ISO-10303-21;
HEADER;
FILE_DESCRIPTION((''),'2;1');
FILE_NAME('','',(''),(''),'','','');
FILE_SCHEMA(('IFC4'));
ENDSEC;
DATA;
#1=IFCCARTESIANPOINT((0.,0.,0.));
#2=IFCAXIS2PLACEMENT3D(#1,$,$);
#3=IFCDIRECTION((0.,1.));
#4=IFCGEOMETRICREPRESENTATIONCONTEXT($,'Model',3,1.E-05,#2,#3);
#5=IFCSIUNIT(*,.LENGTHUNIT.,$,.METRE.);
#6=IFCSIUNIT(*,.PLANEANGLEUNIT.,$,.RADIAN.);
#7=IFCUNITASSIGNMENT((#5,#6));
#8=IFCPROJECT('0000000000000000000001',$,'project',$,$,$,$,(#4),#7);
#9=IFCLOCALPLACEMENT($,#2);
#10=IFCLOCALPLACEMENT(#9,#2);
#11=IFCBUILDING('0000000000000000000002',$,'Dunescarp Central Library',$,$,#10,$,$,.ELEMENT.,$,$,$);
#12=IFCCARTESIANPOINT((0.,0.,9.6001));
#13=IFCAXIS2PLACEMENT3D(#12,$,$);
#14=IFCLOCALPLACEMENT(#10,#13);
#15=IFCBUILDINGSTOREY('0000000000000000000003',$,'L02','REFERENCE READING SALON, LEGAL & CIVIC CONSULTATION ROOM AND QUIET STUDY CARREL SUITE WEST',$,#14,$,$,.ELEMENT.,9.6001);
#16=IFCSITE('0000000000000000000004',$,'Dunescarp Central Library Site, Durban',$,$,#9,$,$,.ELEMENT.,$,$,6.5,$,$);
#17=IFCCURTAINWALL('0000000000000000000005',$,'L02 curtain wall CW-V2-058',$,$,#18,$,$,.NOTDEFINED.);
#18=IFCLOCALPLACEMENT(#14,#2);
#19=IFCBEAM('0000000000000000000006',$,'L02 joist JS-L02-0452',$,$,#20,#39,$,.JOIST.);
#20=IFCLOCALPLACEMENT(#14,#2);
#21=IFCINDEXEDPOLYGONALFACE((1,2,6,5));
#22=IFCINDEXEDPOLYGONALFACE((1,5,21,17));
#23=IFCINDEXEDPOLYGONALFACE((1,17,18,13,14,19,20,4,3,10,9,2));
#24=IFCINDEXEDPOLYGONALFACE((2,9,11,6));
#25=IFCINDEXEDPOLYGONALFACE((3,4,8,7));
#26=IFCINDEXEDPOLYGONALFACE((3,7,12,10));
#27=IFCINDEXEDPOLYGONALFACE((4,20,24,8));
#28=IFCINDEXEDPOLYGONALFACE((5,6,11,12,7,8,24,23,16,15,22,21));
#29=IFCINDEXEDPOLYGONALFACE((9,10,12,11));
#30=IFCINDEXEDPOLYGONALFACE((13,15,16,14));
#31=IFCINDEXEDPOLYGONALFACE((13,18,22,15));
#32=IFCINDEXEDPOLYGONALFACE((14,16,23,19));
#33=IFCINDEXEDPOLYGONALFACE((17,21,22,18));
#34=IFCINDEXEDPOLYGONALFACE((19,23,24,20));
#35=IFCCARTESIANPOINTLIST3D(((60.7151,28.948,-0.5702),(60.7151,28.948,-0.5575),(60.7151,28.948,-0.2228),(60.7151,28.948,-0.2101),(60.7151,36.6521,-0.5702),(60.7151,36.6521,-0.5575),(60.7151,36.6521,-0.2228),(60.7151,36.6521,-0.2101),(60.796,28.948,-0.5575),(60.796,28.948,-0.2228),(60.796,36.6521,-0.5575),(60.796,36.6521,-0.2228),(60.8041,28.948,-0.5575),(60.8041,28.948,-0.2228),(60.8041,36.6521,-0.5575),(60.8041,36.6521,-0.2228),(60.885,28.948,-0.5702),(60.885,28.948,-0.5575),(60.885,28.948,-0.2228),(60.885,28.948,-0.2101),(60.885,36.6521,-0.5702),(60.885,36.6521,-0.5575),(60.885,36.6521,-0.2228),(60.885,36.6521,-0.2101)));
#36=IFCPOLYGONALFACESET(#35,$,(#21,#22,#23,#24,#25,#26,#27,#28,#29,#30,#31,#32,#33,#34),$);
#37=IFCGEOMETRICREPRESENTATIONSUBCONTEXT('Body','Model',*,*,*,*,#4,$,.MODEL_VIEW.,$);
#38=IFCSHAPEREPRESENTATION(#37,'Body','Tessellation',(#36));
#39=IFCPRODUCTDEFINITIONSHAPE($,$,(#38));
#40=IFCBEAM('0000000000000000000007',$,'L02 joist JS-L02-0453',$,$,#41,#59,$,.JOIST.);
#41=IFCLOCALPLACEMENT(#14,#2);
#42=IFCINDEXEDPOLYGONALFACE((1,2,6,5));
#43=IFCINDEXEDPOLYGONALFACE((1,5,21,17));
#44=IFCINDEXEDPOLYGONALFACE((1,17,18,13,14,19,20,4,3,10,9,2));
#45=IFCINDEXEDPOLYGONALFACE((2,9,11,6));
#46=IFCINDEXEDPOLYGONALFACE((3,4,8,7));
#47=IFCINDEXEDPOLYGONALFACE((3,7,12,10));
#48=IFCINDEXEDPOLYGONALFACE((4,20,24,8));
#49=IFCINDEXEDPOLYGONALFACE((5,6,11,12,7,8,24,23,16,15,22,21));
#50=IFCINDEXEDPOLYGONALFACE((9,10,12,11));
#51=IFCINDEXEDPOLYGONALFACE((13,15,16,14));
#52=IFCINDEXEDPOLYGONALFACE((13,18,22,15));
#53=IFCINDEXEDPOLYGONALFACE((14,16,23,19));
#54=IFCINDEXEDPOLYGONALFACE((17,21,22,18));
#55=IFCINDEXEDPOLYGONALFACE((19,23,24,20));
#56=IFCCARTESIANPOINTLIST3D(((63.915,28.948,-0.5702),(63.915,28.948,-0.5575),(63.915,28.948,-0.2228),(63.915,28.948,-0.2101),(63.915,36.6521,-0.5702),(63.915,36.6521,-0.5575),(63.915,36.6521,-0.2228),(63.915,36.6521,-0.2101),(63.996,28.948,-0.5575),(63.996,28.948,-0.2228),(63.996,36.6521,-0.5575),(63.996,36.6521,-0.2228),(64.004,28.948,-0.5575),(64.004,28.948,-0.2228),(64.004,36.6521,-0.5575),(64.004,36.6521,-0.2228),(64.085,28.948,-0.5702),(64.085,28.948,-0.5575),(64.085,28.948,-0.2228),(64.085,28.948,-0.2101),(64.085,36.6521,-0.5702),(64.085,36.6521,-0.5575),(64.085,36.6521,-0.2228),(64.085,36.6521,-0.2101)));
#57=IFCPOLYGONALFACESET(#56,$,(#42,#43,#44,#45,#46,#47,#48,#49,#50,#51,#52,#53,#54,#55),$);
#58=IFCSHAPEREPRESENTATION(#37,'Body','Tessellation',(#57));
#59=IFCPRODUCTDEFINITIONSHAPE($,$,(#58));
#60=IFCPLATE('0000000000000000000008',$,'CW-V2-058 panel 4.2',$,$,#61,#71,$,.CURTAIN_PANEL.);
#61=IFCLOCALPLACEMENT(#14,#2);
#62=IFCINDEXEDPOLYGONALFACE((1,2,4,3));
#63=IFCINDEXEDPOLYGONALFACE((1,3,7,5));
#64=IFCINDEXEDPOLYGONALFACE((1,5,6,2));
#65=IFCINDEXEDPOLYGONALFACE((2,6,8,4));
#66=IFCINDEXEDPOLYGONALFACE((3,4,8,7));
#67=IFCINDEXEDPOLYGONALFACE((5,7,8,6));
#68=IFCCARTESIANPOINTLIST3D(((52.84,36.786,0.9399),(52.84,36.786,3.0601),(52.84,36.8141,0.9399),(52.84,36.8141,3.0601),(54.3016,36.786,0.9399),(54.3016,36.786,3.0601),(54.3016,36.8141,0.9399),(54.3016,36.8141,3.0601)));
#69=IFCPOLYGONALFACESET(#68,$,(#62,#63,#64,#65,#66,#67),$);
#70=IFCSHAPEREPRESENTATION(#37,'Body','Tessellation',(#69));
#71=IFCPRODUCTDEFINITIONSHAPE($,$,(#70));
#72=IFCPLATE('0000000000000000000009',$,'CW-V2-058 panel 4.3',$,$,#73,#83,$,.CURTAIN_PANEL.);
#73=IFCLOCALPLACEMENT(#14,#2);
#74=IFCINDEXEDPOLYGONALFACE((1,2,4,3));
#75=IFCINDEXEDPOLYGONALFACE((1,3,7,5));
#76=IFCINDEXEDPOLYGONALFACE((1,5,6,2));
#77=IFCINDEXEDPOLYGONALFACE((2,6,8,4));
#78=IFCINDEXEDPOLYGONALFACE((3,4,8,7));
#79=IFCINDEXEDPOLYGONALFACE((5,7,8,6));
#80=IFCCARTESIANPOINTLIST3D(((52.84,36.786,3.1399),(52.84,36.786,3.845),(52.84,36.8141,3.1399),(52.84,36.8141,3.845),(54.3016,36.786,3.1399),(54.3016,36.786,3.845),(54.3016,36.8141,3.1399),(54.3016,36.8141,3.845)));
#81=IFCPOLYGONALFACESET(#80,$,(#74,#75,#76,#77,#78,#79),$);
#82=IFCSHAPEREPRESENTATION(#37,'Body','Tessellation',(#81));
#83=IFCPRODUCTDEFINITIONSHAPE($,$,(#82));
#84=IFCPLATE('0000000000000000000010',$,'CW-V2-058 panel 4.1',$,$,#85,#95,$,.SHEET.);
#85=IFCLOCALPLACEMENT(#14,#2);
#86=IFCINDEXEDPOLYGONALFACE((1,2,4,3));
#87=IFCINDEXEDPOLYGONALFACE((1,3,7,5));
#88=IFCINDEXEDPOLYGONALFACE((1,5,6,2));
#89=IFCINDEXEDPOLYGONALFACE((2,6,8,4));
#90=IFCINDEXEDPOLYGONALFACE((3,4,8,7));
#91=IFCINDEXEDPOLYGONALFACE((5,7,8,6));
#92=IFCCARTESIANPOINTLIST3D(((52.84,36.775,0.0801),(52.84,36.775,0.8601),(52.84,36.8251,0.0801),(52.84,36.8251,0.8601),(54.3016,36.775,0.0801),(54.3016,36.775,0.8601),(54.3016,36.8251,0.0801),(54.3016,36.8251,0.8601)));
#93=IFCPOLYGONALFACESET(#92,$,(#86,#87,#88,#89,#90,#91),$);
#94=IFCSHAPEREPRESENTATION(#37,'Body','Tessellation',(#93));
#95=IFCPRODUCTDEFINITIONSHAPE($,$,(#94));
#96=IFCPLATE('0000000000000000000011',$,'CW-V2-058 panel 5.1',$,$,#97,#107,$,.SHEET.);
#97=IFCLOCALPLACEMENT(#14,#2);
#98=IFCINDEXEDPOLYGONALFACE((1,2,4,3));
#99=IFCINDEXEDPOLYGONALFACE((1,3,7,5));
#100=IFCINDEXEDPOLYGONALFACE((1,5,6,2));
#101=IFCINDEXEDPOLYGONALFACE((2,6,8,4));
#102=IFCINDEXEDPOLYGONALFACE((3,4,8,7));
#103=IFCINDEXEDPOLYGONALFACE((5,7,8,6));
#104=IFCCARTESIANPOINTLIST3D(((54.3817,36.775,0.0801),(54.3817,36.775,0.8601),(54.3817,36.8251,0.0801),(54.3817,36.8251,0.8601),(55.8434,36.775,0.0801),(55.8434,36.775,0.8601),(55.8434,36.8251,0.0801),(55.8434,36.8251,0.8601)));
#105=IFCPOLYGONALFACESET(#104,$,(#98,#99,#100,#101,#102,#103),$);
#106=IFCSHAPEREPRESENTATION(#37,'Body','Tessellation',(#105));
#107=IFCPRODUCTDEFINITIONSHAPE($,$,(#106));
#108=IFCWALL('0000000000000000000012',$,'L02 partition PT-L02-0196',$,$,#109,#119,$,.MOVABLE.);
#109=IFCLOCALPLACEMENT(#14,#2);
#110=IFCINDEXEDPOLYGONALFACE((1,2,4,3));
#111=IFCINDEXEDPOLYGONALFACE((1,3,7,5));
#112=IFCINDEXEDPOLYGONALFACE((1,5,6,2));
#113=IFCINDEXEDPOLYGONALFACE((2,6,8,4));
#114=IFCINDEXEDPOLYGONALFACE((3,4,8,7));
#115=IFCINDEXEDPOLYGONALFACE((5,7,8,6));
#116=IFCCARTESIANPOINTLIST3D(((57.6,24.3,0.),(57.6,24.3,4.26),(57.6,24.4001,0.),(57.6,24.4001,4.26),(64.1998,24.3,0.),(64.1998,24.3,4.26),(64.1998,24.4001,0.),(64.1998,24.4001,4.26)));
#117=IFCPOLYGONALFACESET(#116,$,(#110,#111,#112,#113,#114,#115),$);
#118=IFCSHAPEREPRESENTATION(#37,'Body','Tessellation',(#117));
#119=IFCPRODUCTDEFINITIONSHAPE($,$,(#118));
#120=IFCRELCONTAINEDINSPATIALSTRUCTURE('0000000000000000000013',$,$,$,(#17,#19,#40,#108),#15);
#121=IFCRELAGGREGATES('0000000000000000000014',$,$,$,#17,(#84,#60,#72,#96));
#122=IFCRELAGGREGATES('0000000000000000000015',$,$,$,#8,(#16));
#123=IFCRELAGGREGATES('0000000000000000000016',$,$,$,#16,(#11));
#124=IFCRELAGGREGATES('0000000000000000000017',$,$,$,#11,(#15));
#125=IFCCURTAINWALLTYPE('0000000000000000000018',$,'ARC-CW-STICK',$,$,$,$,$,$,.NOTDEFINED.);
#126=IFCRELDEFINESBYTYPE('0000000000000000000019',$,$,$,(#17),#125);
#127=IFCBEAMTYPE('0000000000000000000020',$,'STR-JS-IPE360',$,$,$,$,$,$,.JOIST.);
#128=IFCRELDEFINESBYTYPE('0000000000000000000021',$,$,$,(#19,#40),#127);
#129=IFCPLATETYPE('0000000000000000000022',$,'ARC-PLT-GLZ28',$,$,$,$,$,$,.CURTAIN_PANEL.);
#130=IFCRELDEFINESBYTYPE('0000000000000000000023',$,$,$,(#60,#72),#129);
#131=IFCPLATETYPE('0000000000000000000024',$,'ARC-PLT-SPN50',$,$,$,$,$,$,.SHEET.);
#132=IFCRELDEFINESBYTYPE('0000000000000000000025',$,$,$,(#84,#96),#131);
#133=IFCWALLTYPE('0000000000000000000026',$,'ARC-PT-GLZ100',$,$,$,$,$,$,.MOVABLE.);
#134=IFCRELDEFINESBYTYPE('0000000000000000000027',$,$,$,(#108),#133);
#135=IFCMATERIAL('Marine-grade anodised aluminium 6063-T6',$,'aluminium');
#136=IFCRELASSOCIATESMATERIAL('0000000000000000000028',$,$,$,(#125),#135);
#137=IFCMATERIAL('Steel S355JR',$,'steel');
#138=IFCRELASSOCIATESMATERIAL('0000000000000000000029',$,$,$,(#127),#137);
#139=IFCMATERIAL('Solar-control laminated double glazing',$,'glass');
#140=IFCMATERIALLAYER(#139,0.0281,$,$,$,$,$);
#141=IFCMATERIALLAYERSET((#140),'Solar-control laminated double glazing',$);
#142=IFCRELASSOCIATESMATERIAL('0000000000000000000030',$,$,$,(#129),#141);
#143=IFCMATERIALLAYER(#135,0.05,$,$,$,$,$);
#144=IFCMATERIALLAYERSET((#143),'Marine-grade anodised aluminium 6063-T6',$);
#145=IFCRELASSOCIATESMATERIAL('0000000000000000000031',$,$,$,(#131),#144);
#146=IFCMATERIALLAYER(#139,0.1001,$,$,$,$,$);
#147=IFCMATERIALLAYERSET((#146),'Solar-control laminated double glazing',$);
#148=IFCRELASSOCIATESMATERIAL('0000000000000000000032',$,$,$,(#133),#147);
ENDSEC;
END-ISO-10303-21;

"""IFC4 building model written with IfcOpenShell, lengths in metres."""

from ifc_helpers import new_model, si_unit, direction, frame, frame_2d, origin, origin_2d, place, context, subcontext, project, spatial, rectangle, i_section, extrude, material, layer, layer_set, material_profile, profile_set, type_object, element, aggregate, save


model = new_model("IFC4")

# Units and contexts
model_context = context("Model", 3, precision=1e-05, world=origin(), true_north=direction((0.0, 1.0)))
body_context = subcontext(model_context, "Body", "Model", "MODEL_VIEW")
ifc_project = project(units=[si_unit("LENGTHUNIT", "METRE"), si_unit("PLANEANGLEUNIT", "RADIAN")], contexts=[model_context])

# Site, building, storey
site_placement = place(None, origin())
site = spatial("IfcSite", under=ifc_project, at=site_placement, Name="Dunescarp Central Library Site, Durban", CompositionType="ELEMENT", RefElevation=6.5)
building_placement = place(site_placement, origin())
building = spatial("IfcBuilding", under=site, at=building_placement, Name="Dunescarp Central Library", CompositionType="ELEMENT")
storey_placement = place(building_placement, frame((0.0, 0.0, 9.6001)))
storey = spatial("IfcBuildingStorey", under=building, at=storey_placement, Name="L02", Description="REFERENCE READING SALON, LEGAL & CIVIC CONSULTATION ROOM AND QUIET STUDY CARREL SUITE WEST", CompositionType="ELEMENT", Elevation=9.6001)

# Shared definitions
ifc_material_1 = material(Name="Steel S355JR", Category="steel")

# Curtain wall
ifc_material_2 = material(Name="Marine-grade anodised aluminium 6063-T6", Category="aluminium")
curtain_wall_type = type_object("IfcCurtainWallType", Name="ARC-CW-STICK", PredefinedType="NOTDEFINED", material=ifc_material_2)
curtain_wall_placement = place(storey_placement, origin())
curtain_wall = element("IfcCurtainWall", 1, at=curtain_wall_placement, inside=storey, type_object=curtain_wall_type, Name="L02 curtain wall CW-V2-058", PredefinedType="NOTDEFINED")

# Beams
ifc_material_profile_1 = material_profile(ifc_material_1, i_section(OverallWidth=0.1699, OverallDepth=0.3601, WebThickness=0.0081, FlangeThickness=0.0127, at=origin_2d()), Name="IPE 360")
ifc_profile_set_1 = profile_set([ifc_material_profile_1], Name="Steel S355JR")
beam_type_1 = type_object("IfcBeamType", Name="STR-JS-IPE360", PredefinedType="JOIST", material=ifc_profile_set_1)
for number, where, z_axis, x_axis, name in (
    (2, (60.8, 28.948, -0.3901), (0.0, 1.0, 0.0), (-1.0, 0.0, 0.0), "L02 joist JS-L02-0452"),
    (3, (64.0, 28.948, -0.3901), (0.0, 1.0, 0.0), (-1.0, 0.0, 0.0), "L02 joist JS-L02-0453"),
):
    element("IfcBeam", number, at=place(storey_placement, frame(where, z_axis=z_axis, x_axis=x_axis)), inside=storey, type_object=beam_type_1, Name=name, PredefinedType="JOIST", context=body_context, shape_type="SweptSolid", body=[
        extrude(i_section(OverallWidth=0.1699, OverallDepth=0.3601, WebThickness=0.0081, FlangeThickness=0.0127, at=origin_2d()), origin(), (0.0, 0.0, 1.0), 7.7041),
    ])

# Plates
ifc_material_3 = material(Name="Solar-control laminated double glazing", Category="glass")
ifc_layer_1 = layer(ifc_material_3, 0.0281)
ifc_layer_set_1 = layer_set([ifc_layer_1], Name="Solar-control laminated double glazing")
plate_type_1 = type_object("IfcPlateType", Name="ARC-PLT-GLZ28", PredefinedType="CURTAIN_PANEL", material=ifc_layer_set_1)
plate_1_placement = place(storey_placement, frame((53.5708, 36.8, 0.9399), z_axis=(0.0, 0.0, 1.0), x_axis=(1.0, 0.0, 0.0)))
plate_1 = element("IfcPlate", 4, at=plate_1_placement, type_object=plate_type_1, Name="CW-V2-058 panel 4.2", PredefinedType="CURTAIN_PANEL", context=body_context, shape_type="SweptSolid", body=[
    extrude(rectangle(XDim=1.4617, YDim=0.0281, at=origin_2d()), origin(), (0.0, 0.0, 1.0), 2.1201),
])
plate_2_placement = place(storey_placement, frame((53.5708, 36.8, 3.1399), z_axis=(0.0, 0.0, 1.0), x_axis=(1.0, 0.0, 0.0)))
plate_2 = element("IfcPlate", 5, at=plate_2_placement, type_object=plate_type_1, Name="CW-V2-058 panel 4.3", PredefinedType="CURTAIN_PANEL", context=body_context, shape_type="SweptSolid", body=[
    extrude(rectangle(XDim=1.4617, YDim=0.0281, at=origin_2d()), origin(), (0.0, 0.0, 1.0), 0.7051),
])
ifc_layer_2 = layer(ifc_material_2, 0.05)
ifc_layer_set_2 = layer_set([ifc_layer_2], Name="Marine-grade anodised aluminium 6063-T6")
plate_type_2 = type_object("IfcPlateType", Name="ARC-PLT-SPN50", PredefinedType="SHEET", material=ifc_layer_set_2)
plate_3_placement = place(storey_placement, frame((53.5708, 36.8, 0.0801), z_axis=(0.0, 0.0, 1.0), x_axis=(1.0, 0.0, 0.0)))
plate_3 = element("IfcPlate", 6, at=plate_3_placement, type_object=plate_type_2, Name="CW-V2-058 panel 4.1", PredefinedType="SHEET", context=body_context, shape_type="SweptSolid", body=[
    extrude(rectangle(XDim=1.4617, YDim=0.05, at=origin_2d()), origin(), (0.0, 0.0, 1.0), 0.78),
])
plate_4_placement = place(storey_placement, frame((55.1125, 36.8, 0.0801), z_axis=(0.0, 0.0, 1.0), x_axis=(1.0, 0.0, 0.0)))
plate_4 = element("IfcPlate", 7, at=plate_4_placement, type_object=plate_type_2, Name="CW-V2-058 panel 5.1", PredefinedType="SHEET", context=body_context, shape_type="SweptSolid", body=[
    extrude(rectangle(XDim=1.4617, YDim=0.05, at=origin_2d()), origin(), (0.0, 0.0, 1.0), 0.78),
])
aggregate(curtain_wall, [plate_3, plate_1, plate_2, plate_4])

# Wall
ifc_layer_3 = layer(ifc_material_3, 0.1001)
ifc_layer_set_3 = layer_set([ifc_layer_3], Name="Solar-control laminated double glazing")
wall_type = type_object("IfcWallType", Name="ARC-PT-GLZ100", PredefinedType="MOVABLE", material=ifc_layer_set_3)
wall_placement = place(storey_placement, frame((57.6001, 24.3501, 0.0), z_axis=(0.0, 0.0, 1.0), x_axis=(1.0, 0.0, 0.0)))
element("IfcWall", 8, at=wall_placement, inside=storey, type_object=wall_type, Name="L02 partition PT-L02-0196", PredefinedType="MOVABLE", context=body_context, shape_type="SweptSolid", body=[
    extrude(rectangle(XDim=6.5999, YDim=0.1001, at=frame_2d((3.2998, 0.0))), origin(), (0.0, 0.0, 1.0), 4.26),
])

save(model, "model.ifc")
